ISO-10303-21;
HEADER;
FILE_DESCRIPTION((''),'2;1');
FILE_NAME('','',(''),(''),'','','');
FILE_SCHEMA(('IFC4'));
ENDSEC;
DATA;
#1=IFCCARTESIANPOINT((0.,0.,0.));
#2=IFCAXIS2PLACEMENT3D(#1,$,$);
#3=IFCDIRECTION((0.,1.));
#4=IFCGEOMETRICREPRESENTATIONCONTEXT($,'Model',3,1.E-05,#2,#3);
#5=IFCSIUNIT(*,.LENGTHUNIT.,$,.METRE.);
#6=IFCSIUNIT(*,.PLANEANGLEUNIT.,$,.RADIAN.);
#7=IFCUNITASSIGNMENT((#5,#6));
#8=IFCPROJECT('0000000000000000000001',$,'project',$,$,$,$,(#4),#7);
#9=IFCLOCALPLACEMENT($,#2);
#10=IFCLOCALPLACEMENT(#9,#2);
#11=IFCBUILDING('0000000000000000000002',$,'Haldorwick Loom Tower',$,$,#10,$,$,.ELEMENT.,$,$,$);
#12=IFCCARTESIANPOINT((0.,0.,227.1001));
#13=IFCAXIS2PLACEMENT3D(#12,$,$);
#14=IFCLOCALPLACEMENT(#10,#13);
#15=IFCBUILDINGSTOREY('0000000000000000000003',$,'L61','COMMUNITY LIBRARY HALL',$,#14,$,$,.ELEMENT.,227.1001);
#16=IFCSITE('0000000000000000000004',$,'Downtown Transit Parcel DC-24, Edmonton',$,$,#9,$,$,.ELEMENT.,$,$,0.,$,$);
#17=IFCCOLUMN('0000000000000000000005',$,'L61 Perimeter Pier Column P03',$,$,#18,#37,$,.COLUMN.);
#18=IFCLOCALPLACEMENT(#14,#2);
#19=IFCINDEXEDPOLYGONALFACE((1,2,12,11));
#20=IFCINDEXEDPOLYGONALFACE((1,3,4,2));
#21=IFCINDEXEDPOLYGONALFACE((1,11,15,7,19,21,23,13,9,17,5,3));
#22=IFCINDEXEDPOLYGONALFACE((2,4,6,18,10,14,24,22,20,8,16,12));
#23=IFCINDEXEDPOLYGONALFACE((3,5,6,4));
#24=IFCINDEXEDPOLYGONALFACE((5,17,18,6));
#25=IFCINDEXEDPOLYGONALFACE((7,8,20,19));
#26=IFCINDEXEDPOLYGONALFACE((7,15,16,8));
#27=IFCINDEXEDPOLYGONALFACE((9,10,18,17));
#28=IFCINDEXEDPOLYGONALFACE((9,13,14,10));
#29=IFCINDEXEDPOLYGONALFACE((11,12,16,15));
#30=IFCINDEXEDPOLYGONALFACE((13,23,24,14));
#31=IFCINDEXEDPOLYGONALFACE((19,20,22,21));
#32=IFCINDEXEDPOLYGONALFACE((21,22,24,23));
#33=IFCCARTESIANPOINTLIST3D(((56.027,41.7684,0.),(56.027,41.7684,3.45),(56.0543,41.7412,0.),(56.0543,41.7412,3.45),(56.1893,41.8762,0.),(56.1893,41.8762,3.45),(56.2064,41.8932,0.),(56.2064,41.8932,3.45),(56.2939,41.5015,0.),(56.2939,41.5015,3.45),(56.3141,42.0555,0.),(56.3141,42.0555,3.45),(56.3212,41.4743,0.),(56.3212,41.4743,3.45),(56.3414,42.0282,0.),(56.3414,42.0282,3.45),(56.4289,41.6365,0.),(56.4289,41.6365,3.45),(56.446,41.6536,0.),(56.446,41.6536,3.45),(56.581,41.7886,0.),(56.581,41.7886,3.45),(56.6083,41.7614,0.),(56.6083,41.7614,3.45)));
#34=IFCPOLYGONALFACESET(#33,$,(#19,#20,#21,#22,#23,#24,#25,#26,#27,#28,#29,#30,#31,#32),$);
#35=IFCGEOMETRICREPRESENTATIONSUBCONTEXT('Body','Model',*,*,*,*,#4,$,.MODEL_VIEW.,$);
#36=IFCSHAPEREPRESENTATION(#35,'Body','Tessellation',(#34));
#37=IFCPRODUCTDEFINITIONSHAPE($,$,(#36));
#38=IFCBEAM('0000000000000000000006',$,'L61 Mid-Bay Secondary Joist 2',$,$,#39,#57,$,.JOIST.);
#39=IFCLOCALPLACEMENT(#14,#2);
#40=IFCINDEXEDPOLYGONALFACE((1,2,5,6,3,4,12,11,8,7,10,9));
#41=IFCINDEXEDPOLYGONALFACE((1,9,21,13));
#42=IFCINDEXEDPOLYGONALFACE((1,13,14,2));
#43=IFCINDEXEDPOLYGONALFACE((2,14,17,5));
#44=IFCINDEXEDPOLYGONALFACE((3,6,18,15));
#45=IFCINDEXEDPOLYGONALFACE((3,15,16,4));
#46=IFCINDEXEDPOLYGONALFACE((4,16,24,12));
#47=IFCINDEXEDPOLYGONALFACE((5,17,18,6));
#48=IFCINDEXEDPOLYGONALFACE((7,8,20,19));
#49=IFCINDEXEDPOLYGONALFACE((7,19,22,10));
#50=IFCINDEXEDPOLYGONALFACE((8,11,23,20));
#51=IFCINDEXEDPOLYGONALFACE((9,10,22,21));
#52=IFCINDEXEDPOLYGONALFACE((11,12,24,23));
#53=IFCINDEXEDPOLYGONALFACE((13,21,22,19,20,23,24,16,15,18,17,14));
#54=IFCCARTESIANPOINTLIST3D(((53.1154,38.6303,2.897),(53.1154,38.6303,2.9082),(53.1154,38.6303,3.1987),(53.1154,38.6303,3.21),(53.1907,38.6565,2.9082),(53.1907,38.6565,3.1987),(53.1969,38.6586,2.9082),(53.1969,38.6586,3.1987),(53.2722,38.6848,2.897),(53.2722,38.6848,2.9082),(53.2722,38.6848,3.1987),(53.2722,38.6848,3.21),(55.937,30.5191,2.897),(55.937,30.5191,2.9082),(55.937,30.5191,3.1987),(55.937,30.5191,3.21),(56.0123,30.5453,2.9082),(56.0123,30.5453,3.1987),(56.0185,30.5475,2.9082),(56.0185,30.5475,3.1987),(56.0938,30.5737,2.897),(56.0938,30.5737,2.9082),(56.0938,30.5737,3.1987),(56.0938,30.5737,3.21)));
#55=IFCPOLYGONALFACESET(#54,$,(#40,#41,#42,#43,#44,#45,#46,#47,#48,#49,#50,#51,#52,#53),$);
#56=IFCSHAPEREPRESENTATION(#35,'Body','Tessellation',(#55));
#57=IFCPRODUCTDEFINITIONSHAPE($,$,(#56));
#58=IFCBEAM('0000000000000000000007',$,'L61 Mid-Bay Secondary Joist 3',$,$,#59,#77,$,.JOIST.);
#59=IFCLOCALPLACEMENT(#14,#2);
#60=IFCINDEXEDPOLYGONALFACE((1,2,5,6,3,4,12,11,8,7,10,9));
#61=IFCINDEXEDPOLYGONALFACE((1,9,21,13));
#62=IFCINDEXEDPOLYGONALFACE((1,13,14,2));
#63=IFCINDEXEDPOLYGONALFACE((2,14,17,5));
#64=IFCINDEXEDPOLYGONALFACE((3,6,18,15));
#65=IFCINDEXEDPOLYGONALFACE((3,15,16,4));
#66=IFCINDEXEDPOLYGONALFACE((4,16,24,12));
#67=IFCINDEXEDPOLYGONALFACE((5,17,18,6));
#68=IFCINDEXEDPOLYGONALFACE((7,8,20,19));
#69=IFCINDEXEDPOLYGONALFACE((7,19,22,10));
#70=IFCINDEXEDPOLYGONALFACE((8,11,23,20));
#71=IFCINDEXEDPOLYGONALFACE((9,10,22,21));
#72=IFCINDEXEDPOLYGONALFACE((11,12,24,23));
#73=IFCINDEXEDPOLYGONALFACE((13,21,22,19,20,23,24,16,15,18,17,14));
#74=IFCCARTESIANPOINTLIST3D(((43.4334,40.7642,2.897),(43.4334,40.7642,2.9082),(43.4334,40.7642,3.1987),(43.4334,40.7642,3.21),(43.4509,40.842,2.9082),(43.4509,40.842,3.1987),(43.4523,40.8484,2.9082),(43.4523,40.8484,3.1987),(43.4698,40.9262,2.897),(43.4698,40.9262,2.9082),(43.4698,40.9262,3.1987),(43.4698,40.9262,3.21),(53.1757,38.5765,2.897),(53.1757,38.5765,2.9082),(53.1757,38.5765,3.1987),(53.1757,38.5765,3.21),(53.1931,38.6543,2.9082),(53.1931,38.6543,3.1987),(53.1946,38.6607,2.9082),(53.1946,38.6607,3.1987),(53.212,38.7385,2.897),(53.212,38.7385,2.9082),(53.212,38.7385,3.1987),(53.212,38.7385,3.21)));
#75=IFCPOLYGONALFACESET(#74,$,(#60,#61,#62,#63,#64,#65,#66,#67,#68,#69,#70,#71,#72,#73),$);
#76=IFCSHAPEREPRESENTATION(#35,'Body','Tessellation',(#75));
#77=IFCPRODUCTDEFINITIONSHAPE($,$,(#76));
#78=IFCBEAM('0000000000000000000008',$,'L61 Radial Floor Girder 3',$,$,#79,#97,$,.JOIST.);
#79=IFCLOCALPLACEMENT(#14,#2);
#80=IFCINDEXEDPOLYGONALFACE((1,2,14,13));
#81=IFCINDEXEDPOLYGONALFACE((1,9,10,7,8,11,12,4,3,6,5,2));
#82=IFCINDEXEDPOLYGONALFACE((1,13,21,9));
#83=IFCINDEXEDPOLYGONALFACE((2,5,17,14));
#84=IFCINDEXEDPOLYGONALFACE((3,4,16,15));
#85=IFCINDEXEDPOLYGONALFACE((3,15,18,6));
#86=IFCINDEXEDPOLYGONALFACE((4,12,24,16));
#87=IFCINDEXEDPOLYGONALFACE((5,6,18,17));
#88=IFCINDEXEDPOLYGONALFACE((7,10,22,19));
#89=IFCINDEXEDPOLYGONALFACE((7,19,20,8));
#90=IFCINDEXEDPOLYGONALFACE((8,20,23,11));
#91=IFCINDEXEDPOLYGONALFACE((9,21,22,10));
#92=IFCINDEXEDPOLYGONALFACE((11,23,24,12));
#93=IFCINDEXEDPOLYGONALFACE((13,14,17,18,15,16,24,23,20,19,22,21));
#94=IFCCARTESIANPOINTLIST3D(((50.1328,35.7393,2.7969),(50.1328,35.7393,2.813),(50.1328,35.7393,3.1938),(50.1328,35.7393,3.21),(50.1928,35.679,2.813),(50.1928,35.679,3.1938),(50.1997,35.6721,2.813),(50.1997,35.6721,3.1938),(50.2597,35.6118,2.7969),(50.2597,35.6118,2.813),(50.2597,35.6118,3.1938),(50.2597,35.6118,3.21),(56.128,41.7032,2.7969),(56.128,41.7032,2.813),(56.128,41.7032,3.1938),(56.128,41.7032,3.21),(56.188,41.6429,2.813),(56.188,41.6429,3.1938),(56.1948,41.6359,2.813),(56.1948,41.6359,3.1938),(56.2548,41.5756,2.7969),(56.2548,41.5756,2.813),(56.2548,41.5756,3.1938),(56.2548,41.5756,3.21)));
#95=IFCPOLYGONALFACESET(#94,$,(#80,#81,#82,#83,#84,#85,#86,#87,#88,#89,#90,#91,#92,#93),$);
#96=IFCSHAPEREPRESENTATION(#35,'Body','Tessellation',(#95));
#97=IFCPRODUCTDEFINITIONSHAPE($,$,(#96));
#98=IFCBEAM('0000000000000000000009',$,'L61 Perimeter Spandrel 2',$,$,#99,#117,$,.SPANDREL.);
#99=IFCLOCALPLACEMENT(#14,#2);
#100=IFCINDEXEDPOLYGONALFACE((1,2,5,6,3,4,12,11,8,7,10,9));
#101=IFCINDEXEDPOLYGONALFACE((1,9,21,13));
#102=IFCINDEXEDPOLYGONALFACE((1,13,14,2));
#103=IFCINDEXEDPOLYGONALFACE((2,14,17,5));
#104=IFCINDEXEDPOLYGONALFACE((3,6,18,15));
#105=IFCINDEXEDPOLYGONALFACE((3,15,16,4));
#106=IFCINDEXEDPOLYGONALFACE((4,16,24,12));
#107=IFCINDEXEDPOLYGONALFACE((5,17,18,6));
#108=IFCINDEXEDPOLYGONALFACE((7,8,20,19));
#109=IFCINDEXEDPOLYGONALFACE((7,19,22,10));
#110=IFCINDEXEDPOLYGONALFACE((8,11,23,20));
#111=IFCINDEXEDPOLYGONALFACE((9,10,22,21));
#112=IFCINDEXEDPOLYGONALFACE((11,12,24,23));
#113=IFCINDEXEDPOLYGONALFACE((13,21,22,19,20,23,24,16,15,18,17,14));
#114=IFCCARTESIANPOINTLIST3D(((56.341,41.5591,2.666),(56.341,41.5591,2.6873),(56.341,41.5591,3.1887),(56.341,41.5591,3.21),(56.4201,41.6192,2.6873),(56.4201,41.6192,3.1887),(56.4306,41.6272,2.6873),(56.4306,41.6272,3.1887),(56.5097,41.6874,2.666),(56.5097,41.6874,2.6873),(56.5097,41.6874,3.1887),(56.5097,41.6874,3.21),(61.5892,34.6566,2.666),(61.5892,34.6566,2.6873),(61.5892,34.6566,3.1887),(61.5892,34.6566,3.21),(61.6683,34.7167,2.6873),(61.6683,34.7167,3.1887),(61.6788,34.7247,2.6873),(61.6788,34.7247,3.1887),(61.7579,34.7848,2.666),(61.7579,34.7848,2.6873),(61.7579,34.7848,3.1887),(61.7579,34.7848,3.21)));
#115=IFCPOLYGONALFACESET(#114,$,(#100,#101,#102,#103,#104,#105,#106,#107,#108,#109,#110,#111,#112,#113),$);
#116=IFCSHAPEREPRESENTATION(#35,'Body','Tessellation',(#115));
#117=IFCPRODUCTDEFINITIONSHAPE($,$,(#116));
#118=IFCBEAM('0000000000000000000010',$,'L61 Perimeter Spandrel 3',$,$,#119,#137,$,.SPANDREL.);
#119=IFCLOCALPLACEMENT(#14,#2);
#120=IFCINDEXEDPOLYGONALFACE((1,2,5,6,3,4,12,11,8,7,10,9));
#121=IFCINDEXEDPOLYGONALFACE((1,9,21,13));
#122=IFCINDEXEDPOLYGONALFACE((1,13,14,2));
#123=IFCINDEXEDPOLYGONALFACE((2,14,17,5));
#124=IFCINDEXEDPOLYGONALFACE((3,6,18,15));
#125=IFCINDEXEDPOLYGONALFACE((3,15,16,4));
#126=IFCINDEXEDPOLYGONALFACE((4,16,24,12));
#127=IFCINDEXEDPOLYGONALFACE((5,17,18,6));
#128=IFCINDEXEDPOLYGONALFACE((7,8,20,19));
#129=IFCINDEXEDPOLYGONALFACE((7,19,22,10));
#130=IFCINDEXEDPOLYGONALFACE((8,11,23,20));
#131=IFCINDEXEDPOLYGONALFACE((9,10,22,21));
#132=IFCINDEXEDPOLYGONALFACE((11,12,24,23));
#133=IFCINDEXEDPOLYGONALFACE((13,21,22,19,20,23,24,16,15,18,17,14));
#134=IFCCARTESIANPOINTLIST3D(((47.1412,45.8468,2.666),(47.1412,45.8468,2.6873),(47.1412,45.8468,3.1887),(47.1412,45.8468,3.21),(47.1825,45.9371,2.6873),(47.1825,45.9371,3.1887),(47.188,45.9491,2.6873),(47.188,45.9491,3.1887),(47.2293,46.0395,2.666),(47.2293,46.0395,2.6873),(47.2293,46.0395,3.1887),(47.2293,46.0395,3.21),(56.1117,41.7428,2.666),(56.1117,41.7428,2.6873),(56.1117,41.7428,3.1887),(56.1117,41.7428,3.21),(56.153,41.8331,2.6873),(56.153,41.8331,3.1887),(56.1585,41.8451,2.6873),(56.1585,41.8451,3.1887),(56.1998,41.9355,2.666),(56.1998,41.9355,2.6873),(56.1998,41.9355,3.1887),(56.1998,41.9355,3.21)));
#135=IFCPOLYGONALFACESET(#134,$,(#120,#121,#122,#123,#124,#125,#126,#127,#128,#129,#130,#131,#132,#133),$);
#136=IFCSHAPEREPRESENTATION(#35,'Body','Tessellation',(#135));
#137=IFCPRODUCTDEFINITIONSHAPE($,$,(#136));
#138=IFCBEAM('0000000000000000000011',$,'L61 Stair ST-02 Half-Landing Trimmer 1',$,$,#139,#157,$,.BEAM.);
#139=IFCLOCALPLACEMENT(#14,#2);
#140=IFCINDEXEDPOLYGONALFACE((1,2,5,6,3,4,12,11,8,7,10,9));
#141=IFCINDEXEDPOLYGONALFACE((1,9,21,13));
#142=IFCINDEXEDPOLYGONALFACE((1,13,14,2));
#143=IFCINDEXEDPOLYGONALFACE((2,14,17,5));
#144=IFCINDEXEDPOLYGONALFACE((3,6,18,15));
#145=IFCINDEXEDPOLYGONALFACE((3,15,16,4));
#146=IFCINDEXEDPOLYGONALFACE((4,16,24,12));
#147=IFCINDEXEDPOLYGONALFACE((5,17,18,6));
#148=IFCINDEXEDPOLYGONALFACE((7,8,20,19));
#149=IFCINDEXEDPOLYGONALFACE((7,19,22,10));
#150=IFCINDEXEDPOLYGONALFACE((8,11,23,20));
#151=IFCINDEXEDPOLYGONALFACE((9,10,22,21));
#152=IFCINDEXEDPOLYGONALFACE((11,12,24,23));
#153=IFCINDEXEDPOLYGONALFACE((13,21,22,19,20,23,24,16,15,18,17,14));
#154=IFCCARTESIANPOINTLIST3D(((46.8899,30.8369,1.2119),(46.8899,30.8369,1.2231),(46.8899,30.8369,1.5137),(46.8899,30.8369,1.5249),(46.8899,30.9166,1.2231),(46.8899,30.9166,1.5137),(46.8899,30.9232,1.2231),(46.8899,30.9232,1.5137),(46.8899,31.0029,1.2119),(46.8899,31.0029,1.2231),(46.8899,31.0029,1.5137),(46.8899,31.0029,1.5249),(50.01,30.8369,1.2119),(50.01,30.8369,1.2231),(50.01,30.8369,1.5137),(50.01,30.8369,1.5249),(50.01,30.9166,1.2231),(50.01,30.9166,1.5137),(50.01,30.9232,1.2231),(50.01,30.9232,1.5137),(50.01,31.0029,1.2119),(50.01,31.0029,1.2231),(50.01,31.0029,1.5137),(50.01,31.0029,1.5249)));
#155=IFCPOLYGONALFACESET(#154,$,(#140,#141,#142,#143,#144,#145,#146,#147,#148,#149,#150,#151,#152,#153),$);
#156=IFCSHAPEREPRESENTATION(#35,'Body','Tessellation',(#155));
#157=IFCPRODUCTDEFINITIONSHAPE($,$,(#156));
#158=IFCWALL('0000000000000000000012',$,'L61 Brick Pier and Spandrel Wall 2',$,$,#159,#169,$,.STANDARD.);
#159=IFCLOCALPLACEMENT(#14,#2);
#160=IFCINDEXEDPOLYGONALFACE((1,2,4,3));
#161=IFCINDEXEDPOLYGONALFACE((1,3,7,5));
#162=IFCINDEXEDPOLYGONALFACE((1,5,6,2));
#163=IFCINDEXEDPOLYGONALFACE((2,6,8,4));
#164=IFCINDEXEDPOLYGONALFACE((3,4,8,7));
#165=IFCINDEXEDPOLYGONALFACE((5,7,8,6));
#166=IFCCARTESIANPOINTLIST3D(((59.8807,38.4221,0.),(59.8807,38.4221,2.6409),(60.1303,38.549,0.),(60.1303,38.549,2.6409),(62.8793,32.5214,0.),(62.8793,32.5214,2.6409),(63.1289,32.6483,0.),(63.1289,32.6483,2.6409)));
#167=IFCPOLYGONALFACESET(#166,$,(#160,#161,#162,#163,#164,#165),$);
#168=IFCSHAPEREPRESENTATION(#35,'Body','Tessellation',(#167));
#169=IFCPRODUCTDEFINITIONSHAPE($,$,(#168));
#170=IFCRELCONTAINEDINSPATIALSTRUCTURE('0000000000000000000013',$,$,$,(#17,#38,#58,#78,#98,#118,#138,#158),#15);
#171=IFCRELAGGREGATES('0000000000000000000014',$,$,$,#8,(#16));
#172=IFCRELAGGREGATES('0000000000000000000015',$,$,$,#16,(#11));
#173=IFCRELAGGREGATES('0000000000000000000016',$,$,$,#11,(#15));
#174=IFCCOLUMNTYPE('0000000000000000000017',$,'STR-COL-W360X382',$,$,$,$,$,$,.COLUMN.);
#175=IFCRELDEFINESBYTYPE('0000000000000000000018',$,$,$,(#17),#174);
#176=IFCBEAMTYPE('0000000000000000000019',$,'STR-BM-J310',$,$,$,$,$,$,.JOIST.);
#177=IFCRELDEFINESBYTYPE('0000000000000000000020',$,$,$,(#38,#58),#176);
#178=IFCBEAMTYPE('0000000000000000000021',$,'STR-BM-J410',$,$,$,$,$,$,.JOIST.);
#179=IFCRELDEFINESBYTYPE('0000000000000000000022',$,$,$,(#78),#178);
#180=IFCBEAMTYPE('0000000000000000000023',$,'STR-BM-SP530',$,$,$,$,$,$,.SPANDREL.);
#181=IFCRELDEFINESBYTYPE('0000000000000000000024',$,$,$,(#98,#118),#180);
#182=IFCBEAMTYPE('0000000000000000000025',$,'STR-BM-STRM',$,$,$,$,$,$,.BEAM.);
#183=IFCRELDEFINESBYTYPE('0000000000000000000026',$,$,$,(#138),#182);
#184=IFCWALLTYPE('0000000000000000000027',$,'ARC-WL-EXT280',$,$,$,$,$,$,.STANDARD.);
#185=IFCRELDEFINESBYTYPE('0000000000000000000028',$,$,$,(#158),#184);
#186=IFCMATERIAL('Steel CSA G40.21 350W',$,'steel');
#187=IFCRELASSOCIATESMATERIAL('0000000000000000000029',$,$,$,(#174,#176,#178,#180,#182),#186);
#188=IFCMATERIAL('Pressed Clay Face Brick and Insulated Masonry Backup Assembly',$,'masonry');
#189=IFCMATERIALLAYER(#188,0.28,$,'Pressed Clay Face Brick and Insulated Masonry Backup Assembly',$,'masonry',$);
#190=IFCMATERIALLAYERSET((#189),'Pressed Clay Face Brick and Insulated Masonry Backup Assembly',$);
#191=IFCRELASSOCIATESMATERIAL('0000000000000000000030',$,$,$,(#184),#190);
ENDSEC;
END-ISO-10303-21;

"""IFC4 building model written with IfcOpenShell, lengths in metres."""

from ifc_helpers import new_model, si_unit, direction, frame, frame_2d, origin, origin_2d, place, context, subcontext, project, spatial, rectangle, i_section, extrude, material, layer, layer_set, material_profile, profile_set, type_object, element, save


model = new_model("IFC4")

# Units and contexts
model_context = context("Model", 3, precision=1e-05, world=origin(), true_north=direction((0.0, 1.0)))
body_context = subcontext(model_context, "Body", "Model", "MODEL_VIEW")
ifc_project = project(units=[si_unit("LENGTHUNIT", "METRE"), si_unit("PLANEANGLEUNIT", "RADIAN")], contexts=[model_context])

# Site, building, storey
site_placement = place(None, origin())
site = spatial("IfcSite", under=ifc_project, at=site_placement, Name="Downtown Transit Parcel DC-24, Edmonton", CompositionType="ELEMENT", RefElevation=0.0)
building_placement = place(site_placement, origin())
building = spatial("IfcBuilding", under=site, at=building_placement, Name="Haldorwick Loom Tower", CompositionType="ELEMENT")
storey_placement = place(building_placement, frame((0.0, 0.0, 227.1001)))
storey = spatial("IfcBuildingStorey", under=building, at=storey_placement, Name="L61", Description="COMMUNITY LIBRARY HALL", CompositionType="ELEMENT", Elevation=227.1001)

# Column
ifc_material_1 = material(Name="Steel CSA G40.21 350W", Category="steel")
ifc_material_profile_1 = material_profile(ifc_material_1, i_section(OverallWidth=0.406, OverallDepth=0.416, WebThickness=0.0242, FlangeThickness=0.0386, at=origin_2d()), Name="W360X382", Category="steel")
ifc_profile_set_1 = profile_set([ifc_material_profile_1], Name="Steel CSA G40.21 350W")
column_type_1 = type_object("IfcColumnType", Name="STR-COL-W360X382", PredefinedType="COLUMN", material=ifc_profile_set_1)
for number, where, z_axis, x_axis, name in (
    (1, (56.3176, 41.7649, 0.0), (0.0, 0.0, 1.0), (0.707107, 0.707107, 0.0), "L61 Perimeter Pier Column P03"),
):
    element("IfcColumn", number, at=place(storey_placement, frame(where, z_axis=z_axis, x_axis=x_axis)), inside=storey, type_object=column_type_1, Name=name, PredefinedType="COLUMN", context=body_context, shape_type="SweptSolid", body=[
        extrude(i_section(OverallWidth=0.406, OverallDepth=0.416, WebThickness=0.0242, FlangeThickness=0.0386, at=origin_2d()), origin(), (0.0, 0.0, 1.0), 3.45),
    ])

# Beams
ifc_material_profile_2 = material_profile(ifc_material_1, i_section(OverallWidth=0.166, OverallDepth=0.313, WebThickness=0.0066, FlangeThickness=0.0112, at=origin_2d()), Name="W310X45", Category="steel")
ifc_profile_set_2 = profile_set([ifc_material_profile_2], Name="Steel CSA G40.21 350W")
beam_type_1 = type_object("IfcBeamType", Name="STR-BM-J310", PredefinedType="JOIST", material=ifc_profile_set_2)
beam_1_placement = place(storey_placement, frame((56.0154, 30.5464, 3.0535), z_axis=(-0.32855, 0.944486, 0.0), x_axis=(-0.944486, -0.32855, 0.0)))
element("IfcBeam", 2, at=beam_1_placement, inside=storey, type_object=beam_type_1, Name="L61 Mid-Bay Secondary Joist 2", PredefinedType="JOIST", context=body_context, shape_type="SweptSolid", body=[
    extrude(i_section(OverallWidth=0.166, OverallDepth=0.313, WebThickness=0.0066, FlangeThickness=0.0112, at=origin_2d()), origin(), (0.0, 0.0, 1.0), 8.5879),
])
beam_2_placement = place(storey_placement, frame((53.1938, 38.6575, 3.0535), z_axis=(-0.975701, 0.219107, 0.0), x_axis=(-0.219107, -0.975701, 0.0)))
element("IfcBeam", 3, at=beam_2_placement, inside=storey, type_object=beam_type_1, Name="L61 Mid-Bay Secondary Joist 3", PredefinedType="JOIST", context=body_context, shape_type="SweptSolid", body=[
    extrude(i_section(OverallWidth=0.166, OverallDepth=0.313, WebThickness=0.0066, FlangeThickness=0.0112, at=origin_2d()), origin(), (0.0, 0.0, 1.0), 9.9849),
])
ifc_material_profile_3 = material_profile(ifc_material_1, i_section(OverallWidth=0.1799, OverallDepth=0.4131, WebThickness=0.0098, FlangeThickness=0.0161, at=origin_2d()), Name="W410X74", Category="steel")
ifc_profile_set_3 = profile_set([ifc_material_profile_3], Name="Steel CSA G40.21 350W")
beam_type_2 = type_object("IfcBeamType", Name="STR-BM-J410", PredefinedType="JOIST", material=ifc_profile_set_3)
beam_3_placement = place(storey_placement, frame((50.1963, 35.6755, 3.0034), z_axis=(0.708952, 0.705257, 0.0), x_axis=(-0.705257, 0.708952, 0.0)))
element("IfcBeam", 4, at=beam_3_placement, inside=storey, type_object=beam_type_2, Name="L61 Radial Floor Girder 3", PredefinedType="JOIST", context=body_context, shape_type="SweptSolid", body=[
    extrude(i_section(OverallWidth=0.1799, OverallDepth=0.4131, WebThickness=0.0098, FlangeThickness=0.0161, at=origin_2d()), origin(), (0.0, 0.0, 1.0), 8.4563),
])
ifc_material_profile_4 = material_profile(ifc_material_1, i_section(OverallWidth=0.2119, OverallDepth=0.5439, WebThickness=0.0132, FlangeThickness=0.0212, at=origin_2d()), Name="W530X123", Category="steel")
ifc_profile_set_4 = profile_set([ifc_material_profile_4], Name="Steel CSA G40.21 350W")
beam_type_3 = type_object("IfcBeamType", Name="STR-BM-SP530", PredefinedType="SPANDREL", material=ifc_profile_set_4)
beam_4_placement = place(storey_placement, frame((61.6736, 34.7207, 2.938), z_axis=(-0.605253, 0.796033, 0.0), x_axis=(-0.796033, -0.605253, 0.0)))
element("IfcBeam", 5, at=beam_4_placement, inside=storey, type_object=beam_type_3, Name="L61 Perimeter Spandrel 2", PredefinedType="SPANDREL", context=body_context, shape_type="SweptSolid", body=[
    extrude(i_section(OverallWidth=0.2119, OverallDepth=0.5439, WebThickness=0.0132, FlangeThickness=0.0212, at=origin_2d()), origin(), (0.0, 0.0, 1.0), 8.6711),
])
beam_5_placement = place(storey_placement, frame((56.1558, 41.8391, 2.938), z_axis=(-0.909351, 0.41603, 0.0), x_axis=(-0.41603, -0.909351, 0.0)))
element("IfcBeam", 6, at=beam_5_placement, inside=storey, type_object=beam_type_3, Name="L61 Perimeter Spandrel 3", PredefinedType="SPANDREL", context=body_context, shape_type="SweptSolid", body=[
    extrude(i_section(OverallWidth=0.2119, OverallDepth=0.5439, WebThickness=0.0132, FlangeThickness=0.0212, at=origin_2d()), origin(), (0.0, 0.0, 1.0), 9.8647),
])
ifc_material_profile_5 = material_profile(ifc_material_1, i_section(OverallWidth=0.166, OverallDepth=0.313, WebThickness=0.0066, FlangeThickness=0.0112, at=origin_2d()), Name="W310X45", Category="steel")
ifc_profile_set_5 = profile_set([ifc_material_profile_5], Name="Steel CSA G40.21 350W")
beam_type_4 = type_object("IfcBeamType", Name="STR-BM-STRM", PredefinedType="BEAM", material=ifc_profile_set_5)
beam_6_placement = place(storey_placement, frame((46.8899, 30.9199, 1.3684), z_axis=(1.0, 0.0, 0.0), x_axis=(0.0, 1.0, 0.0)))
element("IfcBeam", 7, at=beam_6_placement, inside=storey, type_object=beam_type_4, Name="L61 Stair ST-02 Half-Landing Trimmer 1", PredefinedType="BEAM", context=body_context, shape_type="SweptSolid", body=[
    extrude(i_section(OverallWidth=0.166, OverallDepth=0.313, WebThickness=0.0066, FlangeThickness=0.0112, at=origin_2d()), origin(), (0.0, 0.0, 1.0), 3.1201),
])

# Wall
ifc_material_2 = material(Name="Pressed Clay Face Brick and Insulated Masonry Backup Assembly", Category="masonry")
ifc_layer_1 = layer(ifc_material_2, 0.28, Name="Pressed Clay Face Brick and Insulated Masonry Backup Assembly", Category="masonry")
ifc_layer_set_1 = layer_set([ifc_layer_1], Name="Pressed Clay Face Brick and Insulated Masonry Backup Assembly")
wall_type_1 = type_object("IfcWallType", Name="ARC-WL-EXT280", PredefinedType="STANDARD", material=ifc_layer_set_1)
wall_1_placement = place(storey_placement, frame((63.0042, 32.5847, 0.0), z_axis=(0.0, 0.0, 1.0), x_axis=(-0.453032, 0.891494, 0.0)))
element("IfcWall", 8, at=wall_1_placement, inside=storey, type_object=wall_type_1, Name="L61 Brick Pier and Spandrel Wall 2", PredefinedType="STANDARD", context=body_context, shape_type="SweptSolid", body=[
    extrude(rectangle(XDim=6.6189, YDim=0.28, at=frame_2d((3.3096, 0.0))), origin(), (0.0, 0.0, 1.0), 2.6409),
])

save(model, "model.ifc")
